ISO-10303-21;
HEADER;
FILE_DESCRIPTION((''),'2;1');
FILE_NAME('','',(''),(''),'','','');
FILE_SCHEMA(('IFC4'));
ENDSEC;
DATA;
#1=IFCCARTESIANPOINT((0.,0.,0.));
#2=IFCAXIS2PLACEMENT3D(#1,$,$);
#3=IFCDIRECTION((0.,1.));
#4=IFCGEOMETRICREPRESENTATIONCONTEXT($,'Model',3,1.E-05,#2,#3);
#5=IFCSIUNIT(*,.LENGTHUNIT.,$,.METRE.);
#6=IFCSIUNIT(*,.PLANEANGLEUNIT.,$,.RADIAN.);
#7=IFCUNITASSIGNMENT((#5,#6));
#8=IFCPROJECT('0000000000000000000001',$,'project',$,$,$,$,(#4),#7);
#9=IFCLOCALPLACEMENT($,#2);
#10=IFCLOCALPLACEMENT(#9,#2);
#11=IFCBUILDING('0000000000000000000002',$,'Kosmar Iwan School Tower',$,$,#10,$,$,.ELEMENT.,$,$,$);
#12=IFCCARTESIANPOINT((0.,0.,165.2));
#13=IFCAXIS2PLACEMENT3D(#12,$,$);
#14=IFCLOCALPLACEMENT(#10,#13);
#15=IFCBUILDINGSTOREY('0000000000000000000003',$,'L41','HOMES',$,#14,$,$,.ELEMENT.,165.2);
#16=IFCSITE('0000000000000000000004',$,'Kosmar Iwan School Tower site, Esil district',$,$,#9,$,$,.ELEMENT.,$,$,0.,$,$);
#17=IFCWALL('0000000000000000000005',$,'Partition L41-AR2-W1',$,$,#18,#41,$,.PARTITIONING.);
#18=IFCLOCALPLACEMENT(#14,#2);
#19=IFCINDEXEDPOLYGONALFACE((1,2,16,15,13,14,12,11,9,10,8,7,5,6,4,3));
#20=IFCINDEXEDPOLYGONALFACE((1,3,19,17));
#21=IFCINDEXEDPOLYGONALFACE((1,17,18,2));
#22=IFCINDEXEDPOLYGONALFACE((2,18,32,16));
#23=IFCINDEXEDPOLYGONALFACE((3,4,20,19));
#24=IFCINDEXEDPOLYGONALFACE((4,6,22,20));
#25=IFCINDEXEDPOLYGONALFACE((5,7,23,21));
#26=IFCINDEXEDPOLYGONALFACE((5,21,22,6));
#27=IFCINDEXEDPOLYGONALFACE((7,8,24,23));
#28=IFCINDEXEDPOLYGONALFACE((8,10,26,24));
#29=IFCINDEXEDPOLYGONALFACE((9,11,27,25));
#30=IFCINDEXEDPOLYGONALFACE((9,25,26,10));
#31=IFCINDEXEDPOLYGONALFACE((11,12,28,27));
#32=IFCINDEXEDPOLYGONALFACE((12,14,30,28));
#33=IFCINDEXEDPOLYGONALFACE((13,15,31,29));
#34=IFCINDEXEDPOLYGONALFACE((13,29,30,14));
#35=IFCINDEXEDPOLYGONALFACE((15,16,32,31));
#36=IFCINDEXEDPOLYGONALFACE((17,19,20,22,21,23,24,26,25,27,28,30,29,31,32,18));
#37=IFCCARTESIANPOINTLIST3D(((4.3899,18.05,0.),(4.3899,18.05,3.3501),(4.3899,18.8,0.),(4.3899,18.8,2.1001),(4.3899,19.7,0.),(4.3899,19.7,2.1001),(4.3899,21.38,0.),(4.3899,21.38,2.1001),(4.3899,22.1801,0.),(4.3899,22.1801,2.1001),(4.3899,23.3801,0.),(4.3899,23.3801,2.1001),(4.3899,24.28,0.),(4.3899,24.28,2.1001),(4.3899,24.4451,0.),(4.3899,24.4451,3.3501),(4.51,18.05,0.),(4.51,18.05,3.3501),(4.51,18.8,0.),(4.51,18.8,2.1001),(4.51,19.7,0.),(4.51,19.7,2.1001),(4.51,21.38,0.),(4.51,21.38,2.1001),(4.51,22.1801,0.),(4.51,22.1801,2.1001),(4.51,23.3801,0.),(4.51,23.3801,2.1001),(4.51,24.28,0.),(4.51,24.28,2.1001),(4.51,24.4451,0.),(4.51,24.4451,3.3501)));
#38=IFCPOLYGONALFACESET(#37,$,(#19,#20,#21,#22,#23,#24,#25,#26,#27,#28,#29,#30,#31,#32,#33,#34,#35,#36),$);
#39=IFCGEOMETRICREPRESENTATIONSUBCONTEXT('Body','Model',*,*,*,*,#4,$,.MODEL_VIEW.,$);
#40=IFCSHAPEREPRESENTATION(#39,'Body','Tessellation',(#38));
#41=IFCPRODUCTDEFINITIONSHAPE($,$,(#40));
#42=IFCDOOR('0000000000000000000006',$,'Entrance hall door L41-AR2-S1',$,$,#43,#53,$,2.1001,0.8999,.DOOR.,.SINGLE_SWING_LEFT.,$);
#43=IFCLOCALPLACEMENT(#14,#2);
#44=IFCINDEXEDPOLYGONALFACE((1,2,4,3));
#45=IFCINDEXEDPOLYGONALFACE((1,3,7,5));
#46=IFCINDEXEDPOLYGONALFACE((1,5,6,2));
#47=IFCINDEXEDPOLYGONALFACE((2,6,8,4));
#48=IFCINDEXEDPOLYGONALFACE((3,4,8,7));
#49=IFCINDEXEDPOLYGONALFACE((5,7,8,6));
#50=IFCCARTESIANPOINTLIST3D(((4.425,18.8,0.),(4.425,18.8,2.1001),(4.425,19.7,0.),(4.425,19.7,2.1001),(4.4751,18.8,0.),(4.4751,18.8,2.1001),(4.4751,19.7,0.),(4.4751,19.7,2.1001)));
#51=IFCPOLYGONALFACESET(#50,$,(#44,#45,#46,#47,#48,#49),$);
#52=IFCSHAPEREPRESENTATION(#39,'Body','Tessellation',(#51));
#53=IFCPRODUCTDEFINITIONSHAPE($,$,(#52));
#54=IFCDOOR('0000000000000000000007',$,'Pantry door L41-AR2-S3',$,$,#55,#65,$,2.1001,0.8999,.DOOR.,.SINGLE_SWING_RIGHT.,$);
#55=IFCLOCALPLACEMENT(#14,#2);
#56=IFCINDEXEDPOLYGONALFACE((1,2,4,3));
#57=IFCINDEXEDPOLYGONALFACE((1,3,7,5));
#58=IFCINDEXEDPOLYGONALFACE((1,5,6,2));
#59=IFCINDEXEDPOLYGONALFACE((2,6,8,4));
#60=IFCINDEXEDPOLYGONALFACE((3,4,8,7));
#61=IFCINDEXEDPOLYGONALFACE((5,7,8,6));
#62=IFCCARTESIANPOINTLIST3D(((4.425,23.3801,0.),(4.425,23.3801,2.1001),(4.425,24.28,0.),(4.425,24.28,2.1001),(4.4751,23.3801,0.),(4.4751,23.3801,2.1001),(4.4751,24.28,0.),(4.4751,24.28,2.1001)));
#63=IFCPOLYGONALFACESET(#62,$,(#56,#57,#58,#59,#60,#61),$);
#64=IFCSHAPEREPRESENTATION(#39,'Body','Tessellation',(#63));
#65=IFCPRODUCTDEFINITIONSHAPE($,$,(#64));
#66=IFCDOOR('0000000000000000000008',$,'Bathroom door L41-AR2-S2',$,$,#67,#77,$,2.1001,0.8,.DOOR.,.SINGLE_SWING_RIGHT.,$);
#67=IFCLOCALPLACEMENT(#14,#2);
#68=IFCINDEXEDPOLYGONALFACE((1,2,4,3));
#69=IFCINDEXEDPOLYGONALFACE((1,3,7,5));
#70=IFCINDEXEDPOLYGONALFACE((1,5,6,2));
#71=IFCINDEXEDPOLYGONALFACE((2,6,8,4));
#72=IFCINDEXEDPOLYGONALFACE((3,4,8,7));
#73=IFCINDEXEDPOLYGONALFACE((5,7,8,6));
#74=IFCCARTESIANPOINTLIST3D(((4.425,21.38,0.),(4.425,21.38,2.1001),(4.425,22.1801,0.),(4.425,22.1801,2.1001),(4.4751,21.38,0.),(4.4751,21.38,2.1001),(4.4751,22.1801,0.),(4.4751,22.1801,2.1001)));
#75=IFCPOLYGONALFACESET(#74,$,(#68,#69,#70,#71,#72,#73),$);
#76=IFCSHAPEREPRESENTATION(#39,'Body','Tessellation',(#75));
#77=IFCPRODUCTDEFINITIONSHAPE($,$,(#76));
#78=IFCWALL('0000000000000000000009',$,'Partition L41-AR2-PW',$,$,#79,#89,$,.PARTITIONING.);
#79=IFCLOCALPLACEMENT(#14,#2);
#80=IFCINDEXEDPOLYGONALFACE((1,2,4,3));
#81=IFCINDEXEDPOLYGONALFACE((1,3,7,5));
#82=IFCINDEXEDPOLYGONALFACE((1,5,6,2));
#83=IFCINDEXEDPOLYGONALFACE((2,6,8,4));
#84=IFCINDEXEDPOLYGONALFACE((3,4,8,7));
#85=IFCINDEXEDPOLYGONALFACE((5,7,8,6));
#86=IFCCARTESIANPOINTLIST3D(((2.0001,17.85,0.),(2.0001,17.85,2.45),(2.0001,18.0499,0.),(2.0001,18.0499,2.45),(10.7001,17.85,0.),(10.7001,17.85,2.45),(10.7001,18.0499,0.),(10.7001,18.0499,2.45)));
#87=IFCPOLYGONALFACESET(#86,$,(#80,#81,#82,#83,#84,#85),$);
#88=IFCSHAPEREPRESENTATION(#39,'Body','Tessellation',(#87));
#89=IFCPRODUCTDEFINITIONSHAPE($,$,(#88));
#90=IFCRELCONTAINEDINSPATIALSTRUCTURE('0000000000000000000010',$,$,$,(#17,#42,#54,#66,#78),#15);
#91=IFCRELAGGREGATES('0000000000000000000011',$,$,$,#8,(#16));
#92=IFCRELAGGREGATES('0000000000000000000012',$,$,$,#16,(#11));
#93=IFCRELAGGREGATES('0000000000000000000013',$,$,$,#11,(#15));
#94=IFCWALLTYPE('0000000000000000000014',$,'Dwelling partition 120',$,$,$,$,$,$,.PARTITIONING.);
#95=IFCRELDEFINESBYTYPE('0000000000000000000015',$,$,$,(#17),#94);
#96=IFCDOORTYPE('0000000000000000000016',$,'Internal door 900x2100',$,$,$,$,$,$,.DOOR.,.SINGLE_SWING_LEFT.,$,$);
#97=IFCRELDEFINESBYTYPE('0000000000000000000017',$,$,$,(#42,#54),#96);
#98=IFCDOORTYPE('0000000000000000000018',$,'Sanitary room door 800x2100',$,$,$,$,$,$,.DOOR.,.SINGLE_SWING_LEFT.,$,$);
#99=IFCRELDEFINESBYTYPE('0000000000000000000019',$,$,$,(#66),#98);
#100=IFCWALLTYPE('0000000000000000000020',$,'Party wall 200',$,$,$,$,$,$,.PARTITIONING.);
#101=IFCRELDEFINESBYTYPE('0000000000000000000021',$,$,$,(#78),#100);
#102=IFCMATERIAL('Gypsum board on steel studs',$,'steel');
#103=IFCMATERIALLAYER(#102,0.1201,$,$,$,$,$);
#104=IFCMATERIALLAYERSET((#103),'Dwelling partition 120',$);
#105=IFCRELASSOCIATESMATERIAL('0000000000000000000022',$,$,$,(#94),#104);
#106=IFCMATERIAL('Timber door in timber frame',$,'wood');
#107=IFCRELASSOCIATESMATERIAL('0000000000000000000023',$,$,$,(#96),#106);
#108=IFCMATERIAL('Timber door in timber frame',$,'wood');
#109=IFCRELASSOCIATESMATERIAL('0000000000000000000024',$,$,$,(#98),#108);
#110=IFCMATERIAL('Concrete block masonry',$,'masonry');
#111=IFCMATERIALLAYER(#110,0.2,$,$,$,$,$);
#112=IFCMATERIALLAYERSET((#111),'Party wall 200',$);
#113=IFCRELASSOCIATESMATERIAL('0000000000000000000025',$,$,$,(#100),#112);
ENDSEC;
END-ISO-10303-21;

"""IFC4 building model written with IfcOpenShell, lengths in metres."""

from ifc_helpers import new_model, si_unit, direction, frame, frame_2d, origin, place, context, subcontext, project, spatial, rectangle, extrude, material, layer, layer_set, type_object, element, fill, save


model = new_model("IFC4")

# Units and contexts
model_context = context("Model", 3, precision=1e-05, world=origin(), true_north=direction((0.0, 1.0)))
body_context = subcontext(model_context, "Body", "Model", "MODEL_VIEW")
ifc_project = project(units=[si_unit("LENGTHUNIT", "METRE"), si_unit("PLANEANGLEUNIT", "RADIAN")], contexts=[model_context])

# Site, building, storey
site_placement = place(None, origin())
site = spatial("IfcSite", under=ifc_project, at=site_placement, Name="Kosmar Iwan School Tower site, Esil district", CompositionType="ELEMENT", RefElevation=0.0)
building_placement = place(site_placement, origin())
building = spatial("IfcBuilding", under=site, at=building_placement, Name="Kosmar Iwan School Tower", CompositionType="ELEMENT")
storey_placement = place(building_placement, frame((0.0, 0.0, 165.2)))
storey = spatial("IfcBuildingStorey", under=building, at=storey_placement, Name="L41", Description="HOMES", CompositionType="ELEMENT", Elevation=165.2)

# Shared definitions
ifc_material_1 = material(Name="Gypsum board on steel studs", Category="steel")
ifc_layer_1 = layer(ifc_material_1, 0.1201)
ifc_layer_set_1 = layer_set([ifc_layer_1], Name="Dwelling partition 120")
wall_type_1 = type_object("IfcWallType", Name="Dwelling partition 120", PredefinedType="PARTITIONING", material=ifc_layer_set_1)

# Wall, openings, doors
wall_1_placement = place(storey_placement, frame((4.45, 18.05, 0.0), z_axis=(0.0, 0.0, 1.0), x_axis=(0.0, 1.0, 0.0)))
wall_1 = element("IfcWall", 1, at=wall_1_placement, inside=storey, type_object=wall_type_1, Name="Partition L41-AR2-W1", PredefinedType="PARTITIONING", context=body_context, shape_type="SweptSolid", body=[
    extrude(rectangle(XDim=6.395, YDim=0.1201, at=frame_2d((3.1975, 0.0))), origin(), (0.0, 0.0, 1.0), 3.3501),
])
opening_1_placement = place(wall_1_placement, frame((0.75, 0.0, 0.0)))
opening_1 = element("IfcOpeningElement", 2, at=opening_1_placement, cuts=wall_1, PredefinedType="OPENING", context=body_context, shape_type="SweptSolid", body=[
    extrude(rectangle(XDim=0.8999, YDim=2.1001, at=frame_2d((0.45, 1.05))), frame((0.0, 0.072, 0.0), z_axis=(0.0, -1.0, 0.0), x_axis=(1.0, 0.0, 0.0)), (0.0, 0.0, 1.0), 0.144),
])
opening_2_placement = place(wall_1_placement, frame((3.3301, 0.0, 0.0)))
opening_2 = element("IfcOpeningElement", 3, at=opening_2_placement, cuts=wall_1, PredefinedType="OPENING", context=body_context, shape_type="SweptSolid", body=[
    extrude(rectangle(XDim=0.8, YDim=2.1001, at=frame_2d((0.3999, 1.05))), frame((0.0, 0.072, 0.0), z_axis=(0.0, -1.0, 0.0), x_axis=(1.0, 0.0, 0.0)), (0.0, 0.0, 1.0), 0.144),
])
opening_3_placement = place(wall_1_placement, frame((5.3301, 0.0, 0.0)))
opening_3 = element("IfcOpeningElement", 4, at=opening_3_placement, cuts=wall_1, PredefinedType="OPENING", context=body_context, shape_type="SweptSolid", body=[
    extrude(rectangle(XDim=0.8999, YDim=2.1001, at=frame_2d((0.45, 1.05))), frame((0.0, 0.072, 0.0), z_axis=(0.0, -1.0, 0.0), x_axis=(1.0, 0.0, 0.0)), (0.0, 0.0, 1.0), 0.144),
])
ifc_material_2 = material(Name="Timber door in timber frame", Category="wood")
door_type_1 = type_object("IfcDoorType", Name="Internal door 900x2100", OperationType="SINGLE_SWING_LEFT", PredefinedType="DOOR", material=ifc_material_2)
door_1_placement = place(opening_1_placement, origin())
door_1 = element("IfcDoor", 5, at=door_1_placement, inside=storey, type_object=door_type_1, Name="Entrance hall door L41-AR2-S1", OperationType="SINGLE_SWING_LEFT", OverallHeight=2.1001, OverallWidth=0.8999, PredefinedType="DOOR", context=body_context, shape_type="SweptSolid", body=[
    extrude(rectangle(XDim=0.8999, YDim=2.1001, at=frame_2d((0.45, 1.05))), frame((0.0, 0.0249, 0.0), z_axis=(0.0, -1.0, 0.0), x_axis=(1.0, 0.0, 0.0)), (0.0, 0.0, 1.0), 0.05),
])
fill(opening_1, door_1)
door_2_placement = place(opening_3_placement, origin())
door_2 = element("IfcDoor", 6, at=door_2_placement, inside=storey, type_object=door_type_1, Name="Pantry door L41-AR2-S3", OperationType="SINGLE_SWING_RIGHT", OverallHeight=2.1001, OverallWidth=0.8999, PredefinedType="DOOR", context=body_context, shape_type="SweptSolid", body=[
    extrude(rectangle(XDim=0.8999, YDim=2.1001, at=frame_2d((0.45, 1.05))), frame((0.0, 0.0249, 0.0), z_axis=(0.0, -1.0, 0.0), x_axis=(1.0, 0.0, 0.0)), (0.0, 0.0, 1.0), 0.05),
])
fill(opening_3, door_2)
ifc_material_3 = material(Name="Timber door in timber frame", Category="wood")
door_type_2 = type_object("IfcDoorType", Name="Sanitary room door 800x2100", OperationType="SINGLE_SWING_LEFT", PredefinedType="DOOR", material=ifc_material_3)
door_3_placement = place(opening_2_placement, origin())
door_3 = element("IfcDoor", 7, at=door_3_placement, inside=storey, type_object=door_type_2, Name="Bathroom door L41-AR2-S2", OperationType="SINGLE_SWING_RIGHT", OverallHeight=2.1001, OverallWidth=0.8, PredefinedType="DOOR", context=body_context, shape_type="SweptSolid", body=[
    extrude(rectangle(XDim=0.8, YDim=2.1001, at=frame_2d((0.3999, 1.05))), frame((0.0, 0.0249, 0.0), z_axis=(0.0, -1.0, 0.0), x_axis=(1.0, 0.0, 0.0)), (0.0, 0.0, 1.0), 0.05),
])
fill(opening_2, door_3)

# Wall
ifc_material_4 = material(Name="Concrete block masonry", Category="masonry")
ifc_layer_2 = layer(ifc_material_4, 0.2)
ifc_layer_set_2 = layer_set([ifc_layer_2], Name="Party wall 200")
wall_type_2 = type_object("IfcWallType", Name="Party wall 200", PredefinedType="PARTITIONING", material=ifc_layer_set_2)
wall_2_placement = place(storey_placement, frame((2.0, 17.95, 0.0), z_axis=(0.0, 0.0, 1.0), x_axis=(1.0, 0.0, 0.0)))
element("IfcWall", 8, at=wall_2_placement, inside=storey, type_object=wall_type_2, Name="Partition L41-AR2-PW", PredefinedType="PARTITIONING", context=body_context, shape_type="SweptSolid", body=[
    extrude(rectangle(XDim=8.7, YDim=0.2, at=frame_2d((4.3501, 0.0))), origin(), (0.0, 0.0, 1.0), 2.45),
])

save(model, "model.ifc")
